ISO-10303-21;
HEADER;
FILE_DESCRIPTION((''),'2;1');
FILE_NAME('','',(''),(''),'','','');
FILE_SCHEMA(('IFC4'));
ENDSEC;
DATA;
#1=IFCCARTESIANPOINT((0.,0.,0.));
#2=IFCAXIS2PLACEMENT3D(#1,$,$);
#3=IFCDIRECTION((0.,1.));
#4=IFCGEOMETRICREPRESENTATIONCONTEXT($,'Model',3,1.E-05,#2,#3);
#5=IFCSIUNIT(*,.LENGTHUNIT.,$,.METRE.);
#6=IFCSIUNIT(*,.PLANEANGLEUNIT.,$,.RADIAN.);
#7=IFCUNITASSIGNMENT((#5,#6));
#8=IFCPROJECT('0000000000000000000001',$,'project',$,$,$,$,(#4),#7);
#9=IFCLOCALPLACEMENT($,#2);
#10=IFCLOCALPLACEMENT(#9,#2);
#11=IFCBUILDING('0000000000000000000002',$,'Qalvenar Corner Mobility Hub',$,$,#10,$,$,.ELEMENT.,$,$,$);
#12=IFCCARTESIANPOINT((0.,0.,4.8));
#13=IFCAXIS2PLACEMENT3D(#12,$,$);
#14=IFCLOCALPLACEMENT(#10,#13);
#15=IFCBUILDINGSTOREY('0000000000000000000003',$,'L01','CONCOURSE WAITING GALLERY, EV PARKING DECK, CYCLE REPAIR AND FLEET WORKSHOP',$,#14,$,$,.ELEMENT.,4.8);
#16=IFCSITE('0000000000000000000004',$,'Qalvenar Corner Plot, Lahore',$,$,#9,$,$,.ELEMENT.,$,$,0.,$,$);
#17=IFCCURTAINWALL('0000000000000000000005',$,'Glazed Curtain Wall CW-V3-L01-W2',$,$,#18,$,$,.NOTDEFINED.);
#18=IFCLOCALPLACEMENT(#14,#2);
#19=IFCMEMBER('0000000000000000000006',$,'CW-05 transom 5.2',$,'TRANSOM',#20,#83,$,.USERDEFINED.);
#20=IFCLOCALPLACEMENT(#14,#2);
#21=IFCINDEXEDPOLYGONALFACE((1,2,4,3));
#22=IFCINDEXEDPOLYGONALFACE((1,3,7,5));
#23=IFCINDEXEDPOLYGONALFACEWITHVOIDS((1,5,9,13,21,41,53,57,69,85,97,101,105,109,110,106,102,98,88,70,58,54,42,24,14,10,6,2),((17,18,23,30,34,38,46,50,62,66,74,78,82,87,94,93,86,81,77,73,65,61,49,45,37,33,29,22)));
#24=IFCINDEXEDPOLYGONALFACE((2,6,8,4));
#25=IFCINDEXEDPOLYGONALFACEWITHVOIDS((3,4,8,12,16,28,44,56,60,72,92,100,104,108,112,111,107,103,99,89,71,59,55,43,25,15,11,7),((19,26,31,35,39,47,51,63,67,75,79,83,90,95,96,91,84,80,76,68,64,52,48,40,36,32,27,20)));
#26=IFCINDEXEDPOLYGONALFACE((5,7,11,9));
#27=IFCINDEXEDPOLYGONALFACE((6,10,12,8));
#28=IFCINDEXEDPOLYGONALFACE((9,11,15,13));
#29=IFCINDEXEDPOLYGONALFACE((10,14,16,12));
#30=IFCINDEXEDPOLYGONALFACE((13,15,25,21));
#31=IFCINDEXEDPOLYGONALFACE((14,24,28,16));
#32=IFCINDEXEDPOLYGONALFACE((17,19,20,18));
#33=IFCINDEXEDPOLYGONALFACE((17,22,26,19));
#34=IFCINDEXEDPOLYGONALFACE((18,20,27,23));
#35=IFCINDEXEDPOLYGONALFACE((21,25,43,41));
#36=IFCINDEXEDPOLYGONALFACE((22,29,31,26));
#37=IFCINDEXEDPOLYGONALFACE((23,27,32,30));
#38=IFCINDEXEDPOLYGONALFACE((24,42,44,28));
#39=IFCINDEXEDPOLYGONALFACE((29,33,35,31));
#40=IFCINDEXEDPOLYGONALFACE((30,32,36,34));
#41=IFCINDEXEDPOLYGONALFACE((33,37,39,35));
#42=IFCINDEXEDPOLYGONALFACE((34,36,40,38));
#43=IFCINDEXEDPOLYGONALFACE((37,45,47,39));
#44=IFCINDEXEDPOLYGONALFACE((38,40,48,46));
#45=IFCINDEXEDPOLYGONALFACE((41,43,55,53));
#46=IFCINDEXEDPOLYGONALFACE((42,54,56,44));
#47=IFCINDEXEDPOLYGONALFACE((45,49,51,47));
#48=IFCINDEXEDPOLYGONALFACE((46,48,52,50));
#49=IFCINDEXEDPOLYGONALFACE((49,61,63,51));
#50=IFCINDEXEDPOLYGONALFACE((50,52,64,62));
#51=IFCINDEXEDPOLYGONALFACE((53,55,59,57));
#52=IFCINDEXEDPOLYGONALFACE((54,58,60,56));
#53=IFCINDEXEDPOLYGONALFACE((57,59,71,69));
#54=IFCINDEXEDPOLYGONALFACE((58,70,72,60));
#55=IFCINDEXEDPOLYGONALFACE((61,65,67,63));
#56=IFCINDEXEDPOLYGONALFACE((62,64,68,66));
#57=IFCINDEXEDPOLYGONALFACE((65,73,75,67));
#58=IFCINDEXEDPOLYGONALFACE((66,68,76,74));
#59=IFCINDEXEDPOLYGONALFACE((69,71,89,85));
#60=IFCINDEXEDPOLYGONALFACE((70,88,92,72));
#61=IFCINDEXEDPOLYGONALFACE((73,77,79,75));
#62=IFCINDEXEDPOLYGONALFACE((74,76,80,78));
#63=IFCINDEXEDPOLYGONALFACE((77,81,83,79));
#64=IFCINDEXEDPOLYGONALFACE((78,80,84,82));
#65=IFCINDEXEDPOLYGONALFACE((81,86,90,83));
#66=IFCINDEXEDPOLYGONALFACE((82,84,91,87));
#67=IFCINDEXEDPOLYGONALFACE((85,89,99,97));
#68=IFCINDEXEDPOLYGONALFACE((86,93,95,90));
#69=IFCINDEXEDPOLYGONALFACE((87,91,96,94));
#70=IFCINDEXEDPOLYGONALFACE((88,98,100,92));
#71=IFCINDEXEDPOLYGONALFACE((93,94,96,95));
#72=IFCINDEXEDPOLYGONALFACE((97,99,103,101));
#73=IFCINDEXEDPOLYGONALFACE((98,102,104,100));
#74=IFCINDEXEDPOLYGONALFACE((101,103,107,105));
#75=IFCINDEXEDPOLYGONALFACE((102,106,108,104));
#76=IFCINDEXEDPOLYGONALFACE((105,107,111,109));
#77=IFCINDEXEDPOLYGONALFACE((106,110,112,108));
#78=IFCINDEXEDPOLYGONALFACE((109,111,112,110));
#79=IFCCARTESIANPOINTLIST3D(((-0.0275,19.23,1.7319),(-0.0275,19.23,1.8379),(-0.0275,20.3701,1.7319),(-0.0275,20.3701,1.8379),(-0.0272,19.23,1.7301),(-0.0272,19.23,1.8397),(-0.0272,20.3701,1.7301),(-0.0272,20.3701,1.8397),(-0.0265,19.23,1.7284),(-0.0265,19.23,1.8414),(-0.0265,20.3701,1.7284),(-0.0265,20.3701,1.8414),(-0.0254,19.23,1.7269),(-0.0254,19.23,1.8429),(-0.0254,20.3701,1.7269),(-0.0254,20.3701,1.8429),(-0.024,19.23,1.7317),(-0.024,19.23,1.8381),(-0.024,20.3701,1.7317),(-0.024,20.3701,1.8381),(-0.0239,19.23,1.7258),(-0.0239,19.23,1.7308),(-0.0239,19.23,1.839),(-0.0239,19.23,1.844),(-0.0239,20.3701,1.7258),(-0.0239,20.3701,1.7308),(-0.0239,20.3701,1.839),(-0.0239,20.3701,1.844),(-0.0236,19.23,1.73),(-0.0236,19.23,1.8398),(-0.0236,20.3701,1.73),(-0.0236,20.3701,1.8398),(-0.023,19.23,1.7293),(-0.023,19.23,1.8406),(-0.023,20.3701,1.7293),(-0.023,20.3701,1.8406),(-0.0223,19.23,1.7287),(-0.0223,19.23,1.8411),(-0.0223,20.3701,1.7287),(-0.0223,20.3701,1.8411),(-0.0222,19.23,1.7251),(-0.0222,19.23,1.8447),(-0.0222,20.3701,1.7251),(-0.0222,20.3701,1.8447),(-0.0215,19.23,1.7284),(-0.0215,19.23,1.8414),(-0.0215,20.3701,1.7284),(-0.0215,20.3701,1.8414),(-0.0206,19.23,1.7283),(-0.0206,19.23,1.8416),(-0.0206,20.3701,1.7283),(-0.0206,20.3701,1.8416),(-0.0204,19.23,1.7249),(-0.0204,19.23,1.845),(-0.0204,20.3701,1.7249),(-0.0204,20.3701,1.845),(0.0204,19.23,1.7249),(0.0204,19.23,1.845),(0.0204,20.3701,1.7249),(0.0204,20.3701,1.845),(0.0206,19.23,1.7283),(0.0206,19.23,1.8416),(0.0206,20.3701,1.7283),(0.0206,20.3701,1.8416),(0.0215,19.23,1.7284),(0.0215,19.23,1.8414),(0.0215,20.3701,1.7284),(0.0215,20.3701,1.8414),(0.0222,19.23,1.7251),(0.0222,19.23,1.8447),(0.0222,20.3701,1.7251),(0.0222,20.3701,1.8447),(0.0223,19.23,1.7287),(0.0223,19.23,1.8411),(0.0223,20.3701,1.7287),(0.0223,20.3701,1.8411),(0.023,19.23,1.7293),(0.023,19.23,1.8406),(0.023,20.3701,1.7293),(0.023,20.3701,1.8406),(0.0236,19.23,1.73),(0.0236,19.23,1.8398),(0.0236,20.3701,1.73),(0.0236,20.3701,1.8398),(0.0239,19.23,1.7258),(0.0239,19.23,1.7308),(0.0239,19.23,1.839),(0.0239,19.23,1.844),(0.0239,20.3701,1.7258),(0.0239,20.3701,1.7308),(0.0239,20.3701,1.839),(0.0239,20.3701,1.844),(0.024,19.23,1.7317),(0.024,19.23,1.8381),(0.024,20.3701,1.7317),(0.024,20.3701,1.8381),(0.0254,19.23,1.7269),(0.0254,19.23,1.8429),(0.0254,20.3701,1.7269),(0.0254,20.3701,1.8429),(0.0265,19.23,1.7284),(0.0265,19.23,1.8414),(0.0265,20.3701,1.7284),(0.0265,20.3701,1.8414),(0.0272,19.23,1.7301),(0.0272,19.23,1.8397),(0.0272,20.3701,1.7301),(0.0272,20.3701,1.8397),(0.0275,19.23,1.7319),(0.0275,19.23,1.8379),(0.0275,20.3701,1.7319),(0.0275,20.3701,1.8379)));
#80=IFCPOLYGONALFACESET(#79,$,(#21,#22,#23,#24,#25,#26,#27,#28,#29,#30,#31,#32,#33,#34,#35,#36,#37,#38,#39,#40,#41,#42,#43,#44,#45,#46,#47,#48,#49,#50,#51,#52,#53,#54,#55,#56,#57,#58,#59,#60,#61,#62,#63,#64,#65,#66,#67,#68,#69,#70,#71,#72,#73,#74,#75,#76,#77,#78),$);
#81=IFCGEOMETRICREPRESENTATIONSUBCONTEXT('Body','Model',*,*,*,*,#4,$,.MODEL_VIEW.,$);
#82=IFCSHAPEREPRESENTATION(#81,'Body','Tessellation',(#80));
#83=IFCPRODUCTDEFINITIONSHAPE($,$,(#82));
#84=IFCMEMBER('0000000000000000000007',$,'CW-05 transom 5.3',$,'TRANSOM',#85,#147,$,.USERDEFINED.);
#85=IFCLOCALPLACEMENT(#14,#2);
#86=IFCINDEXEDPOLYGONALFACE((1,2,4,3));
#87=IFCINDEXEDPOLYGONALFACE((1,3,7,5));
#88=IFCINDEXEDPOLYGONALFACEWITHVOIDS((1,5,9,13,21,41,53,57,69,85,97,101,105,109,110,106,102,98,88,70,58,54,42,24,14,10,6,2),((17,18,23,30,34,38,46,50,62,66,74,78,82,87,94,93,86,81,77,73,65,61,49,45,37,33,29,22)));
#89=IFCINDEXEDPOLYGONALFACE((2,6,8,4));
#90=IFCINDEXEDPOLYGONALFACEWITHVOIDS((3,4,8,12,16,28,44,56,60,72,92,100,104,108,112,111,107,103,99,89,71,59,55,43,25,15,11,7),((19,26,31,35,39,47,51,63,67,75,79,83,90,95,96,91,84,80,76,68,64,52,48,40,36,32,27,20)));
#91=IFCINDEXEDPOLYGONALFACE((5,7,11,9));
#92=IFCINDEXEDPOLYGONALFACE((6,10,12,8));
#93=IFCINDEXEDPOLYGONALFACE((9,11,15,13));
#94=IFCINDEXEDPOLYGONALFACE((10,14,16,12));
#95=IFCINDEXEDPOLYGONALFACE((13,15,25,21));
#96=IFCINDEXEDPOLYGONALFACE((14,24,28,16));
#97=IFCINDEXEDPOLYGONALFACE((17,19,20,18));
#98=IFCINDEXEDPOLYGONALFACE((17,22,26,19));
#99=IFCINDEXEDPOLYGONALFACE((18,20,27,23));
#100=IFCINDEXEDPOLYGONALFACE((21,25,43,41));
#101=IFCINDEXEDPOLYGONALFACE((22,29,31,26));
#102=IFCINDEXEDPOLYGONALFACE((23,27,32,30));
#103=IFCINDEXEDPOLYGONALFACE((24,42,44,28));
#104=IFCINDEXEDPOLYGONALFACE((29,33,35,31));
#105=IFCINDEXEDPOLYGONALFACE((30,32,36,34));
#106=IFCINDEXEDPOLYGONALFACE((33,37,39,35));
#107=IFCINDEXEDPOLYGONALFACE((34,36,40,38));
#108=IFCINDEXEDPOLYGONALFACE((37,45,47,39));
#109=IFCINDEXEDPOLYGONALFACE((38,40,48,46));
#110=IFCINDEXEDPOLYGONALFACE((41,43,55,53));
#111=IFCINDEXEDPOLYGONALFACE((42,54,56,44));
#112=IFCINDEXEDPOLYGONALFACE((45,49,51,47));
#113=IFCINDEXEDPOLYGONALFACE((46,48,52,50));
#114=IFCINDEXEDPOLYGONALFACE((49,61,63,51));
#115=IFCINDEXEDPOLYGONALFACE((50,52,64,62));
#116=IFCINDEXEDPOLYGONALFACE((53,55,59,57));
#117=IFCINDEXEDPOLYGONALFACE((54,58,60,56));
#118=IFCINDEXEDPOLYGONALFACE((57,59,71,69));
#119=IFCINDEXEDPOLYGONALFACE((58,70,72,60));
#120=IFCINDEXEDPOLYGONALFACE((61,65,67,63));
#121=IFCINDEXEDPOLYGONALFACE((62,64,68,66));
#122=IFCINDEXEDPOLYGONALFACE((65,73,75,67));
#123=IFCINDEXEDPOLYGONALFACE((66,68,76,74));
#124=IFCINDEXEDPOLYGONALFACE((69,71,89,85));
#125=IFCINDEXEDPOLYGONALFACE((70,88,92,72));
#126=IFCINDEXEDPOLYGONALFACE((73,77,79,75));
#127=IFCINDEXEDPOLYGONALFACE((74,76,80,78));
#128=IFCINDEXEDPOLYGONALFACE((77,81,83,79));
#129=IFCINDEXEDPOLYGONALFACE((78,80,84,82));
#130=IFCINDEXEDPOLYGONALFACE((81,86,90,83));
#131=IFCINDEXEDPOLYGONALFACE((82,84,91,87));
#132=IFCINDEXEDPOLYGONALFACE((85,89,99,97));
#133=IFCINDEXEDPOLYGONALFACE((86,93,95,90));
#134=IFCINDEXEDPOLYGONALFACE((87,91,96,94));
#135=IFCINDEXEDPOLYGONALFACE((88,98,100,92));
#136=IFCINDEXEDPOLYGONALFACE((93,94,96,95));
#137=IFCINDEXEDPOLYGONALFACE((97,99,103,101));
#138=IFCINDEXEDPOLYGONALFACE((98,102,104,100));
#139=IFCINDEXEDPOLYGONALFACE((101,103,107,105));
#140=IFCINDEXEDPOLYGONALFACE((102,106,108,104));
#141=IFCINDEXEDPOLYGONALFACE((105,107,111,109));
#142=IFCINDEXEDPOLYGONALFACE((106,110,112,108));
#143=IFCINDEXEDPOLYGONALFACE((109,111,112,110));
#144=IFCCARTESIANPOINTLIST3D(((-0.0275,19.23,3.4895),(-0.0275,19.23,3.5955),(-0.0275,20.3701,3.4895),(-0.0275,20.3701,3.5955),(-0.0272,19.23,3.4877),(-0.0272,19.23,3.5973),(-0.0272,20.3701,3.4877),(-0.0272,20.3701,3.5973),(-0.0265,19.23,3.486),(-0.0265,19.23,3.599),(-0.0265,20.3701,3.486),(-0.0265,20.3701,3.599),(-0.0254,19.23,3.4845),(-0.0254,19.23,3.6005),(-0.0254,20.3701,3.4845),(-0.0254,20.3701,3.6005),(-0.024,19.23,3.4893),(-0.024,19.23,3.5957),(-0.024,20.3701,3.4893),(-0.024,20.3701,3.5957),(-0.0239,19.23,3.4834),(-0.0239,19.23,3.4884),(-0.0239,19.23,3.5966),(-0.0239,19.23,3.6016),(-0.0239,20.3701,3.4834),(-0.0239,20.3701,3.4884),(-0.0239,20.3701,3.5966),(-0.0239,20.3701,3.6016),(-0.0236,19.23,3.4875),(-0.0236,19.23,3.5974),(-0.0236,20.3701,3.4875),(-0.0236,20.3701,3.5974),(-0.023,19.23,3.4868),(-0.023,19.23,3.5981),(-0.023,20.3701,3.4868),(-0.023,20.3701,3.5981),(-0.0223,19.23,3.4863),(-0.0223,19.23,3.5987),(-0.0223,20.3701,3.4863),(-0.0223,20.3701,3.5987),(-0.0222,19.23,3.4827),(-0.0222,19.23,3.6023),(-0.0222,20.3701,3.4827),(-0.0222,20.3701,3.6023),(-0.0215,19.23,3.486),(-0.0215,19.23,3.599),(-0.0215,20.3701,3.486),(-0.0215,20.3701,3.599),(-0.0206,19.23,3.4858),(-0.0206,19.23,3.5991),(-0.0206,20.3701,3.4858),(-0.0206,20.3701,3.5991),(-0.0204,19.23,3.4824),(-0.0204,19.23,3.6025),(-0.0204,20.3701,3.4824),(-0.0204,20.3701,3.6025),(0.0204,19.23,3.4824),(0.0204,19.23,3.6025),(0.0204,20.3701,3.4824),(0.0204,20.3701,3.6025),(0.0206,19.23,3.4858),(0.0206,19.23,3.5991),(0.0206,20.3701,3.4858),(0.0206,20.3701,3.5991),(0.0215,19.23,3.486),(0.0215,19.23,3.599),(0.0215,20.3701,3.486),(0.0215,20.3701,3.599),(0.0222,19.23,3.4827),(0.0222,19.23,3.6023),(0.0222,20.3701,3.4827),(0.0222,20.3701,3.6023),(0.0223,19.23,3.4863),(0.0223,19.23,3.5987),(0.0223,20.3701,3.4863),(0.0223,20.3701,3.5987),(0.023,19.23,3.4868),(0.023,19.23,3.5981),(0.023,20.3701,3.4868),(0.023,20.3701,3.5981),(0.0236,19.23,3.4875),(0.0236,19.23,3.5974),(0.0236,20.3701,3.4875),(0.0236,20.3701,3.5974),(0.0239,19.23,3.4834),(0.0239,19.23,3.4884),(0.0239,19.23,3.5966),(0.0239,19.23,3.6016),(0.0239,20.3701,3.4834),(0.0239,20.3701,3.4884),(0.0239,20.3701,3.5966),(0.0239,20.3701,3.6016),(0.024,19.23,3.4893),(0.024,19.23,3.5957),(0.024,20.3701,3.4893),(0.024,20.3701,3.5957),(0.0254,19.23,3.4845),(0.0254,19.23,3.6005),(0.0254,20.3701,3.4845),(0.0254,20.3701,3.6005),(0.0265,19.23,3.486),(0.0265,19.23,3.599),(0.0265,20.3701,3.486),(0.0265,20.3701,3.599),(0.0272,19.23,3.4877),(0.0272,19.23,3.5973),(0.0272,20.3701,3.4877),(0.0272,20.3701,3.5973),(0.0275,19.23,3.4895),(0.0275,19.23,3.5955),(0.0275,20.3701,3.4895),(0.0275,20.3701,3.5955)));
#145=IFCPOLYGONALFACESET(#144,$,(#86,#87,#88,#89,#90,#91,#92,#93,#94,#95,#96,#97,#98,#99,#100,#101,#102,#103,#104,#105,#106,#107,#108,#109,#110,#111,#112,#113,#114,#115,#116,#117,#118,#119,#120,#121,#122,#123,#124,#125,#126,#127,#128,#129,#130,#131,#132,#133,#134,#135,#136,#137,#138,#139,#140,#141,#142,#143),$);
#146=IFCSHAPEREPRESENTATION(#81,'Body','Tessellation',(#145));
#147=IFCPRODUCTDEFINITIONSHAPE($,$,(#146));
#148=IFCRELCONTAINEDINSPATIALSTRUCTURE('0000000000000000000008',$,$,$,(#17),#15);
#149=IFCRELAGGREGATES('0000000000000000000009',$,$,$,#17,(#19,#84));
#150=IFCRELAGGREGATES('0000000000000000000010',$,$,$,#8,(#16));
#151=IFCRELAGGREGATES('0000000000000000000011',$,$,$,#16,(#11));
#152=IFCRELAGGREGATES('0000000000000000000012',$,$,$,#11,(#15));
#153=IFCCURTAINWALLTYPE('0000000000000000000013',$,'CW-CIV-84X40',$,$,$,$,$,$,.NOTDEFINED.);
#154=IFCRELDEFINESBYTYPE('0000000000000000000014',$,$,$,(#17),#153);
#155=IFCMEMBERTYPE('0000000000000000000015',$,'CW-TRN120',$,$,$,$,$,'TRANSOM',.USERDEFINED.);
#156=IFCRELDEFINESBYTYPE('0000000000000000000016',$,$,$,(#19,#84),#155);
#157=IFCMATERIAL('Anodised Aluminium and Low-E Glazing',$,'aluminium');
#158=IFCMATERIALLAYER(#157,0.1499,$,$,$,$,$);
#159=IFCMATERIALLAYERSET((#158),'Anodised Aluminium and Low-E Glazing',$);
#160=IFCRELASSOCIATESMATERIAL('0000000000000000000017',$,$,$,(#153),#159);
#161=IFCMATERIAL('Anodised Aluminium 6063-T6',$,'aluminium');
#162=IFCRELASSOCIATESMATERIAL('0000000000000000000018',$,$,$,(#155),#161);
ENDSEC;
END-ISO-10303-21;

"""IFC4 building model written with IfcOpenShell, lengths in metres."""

from ifc_helpers import new_model, si_unit, direction, frame, origin, origin_2d, place, context, subcontext, project, spatial, hollow_rectangle, extrude, material, layer, layer_set, material_profile, profile_set, type_object, element, aggregate, save


model = new_model("IFC4")

# Units and contexts
model_context = context("Model", 3, precision=1e-05, world=origin(), true_north=direction((0.0, 1.0)))
body_context = subcontext(model_context, "Body", "Model", "MODEL_VIEW")
ifc_project = project(units=[si_unit("LENGTHUNIT", "METRE"), si_unit("PLANEANGLEUNIT", "RADIAN")], contexts=[model_context])

# Site, building, storey
site_placement = place(None, origin())
site = spatial("IfcSite", under=ifc_project, at=site_placement, Name="Qalvenar Corner Plot, Lahore", CompositionType="ELEMENT", RefElevation=0.0)
building_placement = place(site_placement, origin())
building = spatial("IfcBuilding", under=site, at=building_placement, Name="Qalvenar Corner Mobility Hub", CompositionType="ELEMENT")
storey_placement = place(building_placement, frame((0.0, 0.0, 4.8)))
storey = spatial("IfcBuildingStorey", under=building, at=storey_placement, Name="L01", Description="CONCOURSE WAITING GALLERY, EV PARKING DECK, CYCLE REPAIR AND FLEET WORKSHOP", CompositionType="ELEMENT", Elevation=4.8)

# Curtain wall, members
ifc_material_1 = material(Name="Anodised Aluminium and Low-E Glazing", Category="aluminium")
ifc_layer_1 = layer(ifc_material_1, 0.1499)
ifc_layer_set_1 = layer_set([ifc_layer_1], Name="Anodised Aluminium and Low-E Glazing")
curtain_wall_type = type_object("IfcCurtainWallType", Name="CW-CIV-84X40", PredefinedType="NOTDEFINED", material=ifc_layer_set_1)
curtain_wall_placement = place(storey_placement, origin())
curtain_wall = element("IfcCurtainWall", 1, at=curtain_wall_placement, inside=storey, type_object=curtain_wall_type, Name="Glazed Curtain Wall CW-V3-L01-W2", PredefinedType="NOTDEFINED")
ifc_material_2 = material(Name="Anodised Aluminium 6063-T6", Category="aluminium")
ifc_material_profile_1 = material_profile(ifc_material_2, hollow_rectangle(XDim=0.0549, YDim=0.1201, WallThickness=0.0034, InnerFilletRadius=0.0034, OuterFilletRadius=0.0071, at=origin_2d()), Name="RHS120x55x3.5")
ifc_profile_set_1 = profile_set([ifc_material_profile_1], Name="Anodised Aluminium 6063-T6")
member_type_1 = type_object("IfcMemberType", Name="CW-TRN120", ElementType="TRANSOM", PredefinedType="USERDEFINED", material=ifc_profile_set_1)
member_1_placement = place(storey_placement, frame((0.0, 20.3701, 1.7849), z_axis=(0.0, -1.0, 0.0), x_axis=(1.0, 0.0, 0.0)))
member_1 = element("IfcMember", 2, at=member_1_placement, type_object=member_type_1, Name="CW-05 transom 5.2", ObjectType="TRANSOM", PredefinedType="USERDEFINED", context=body_context, shape_type="SweptSolid", body=[
    extrude(hollow_rectangle(XDim=0.0549, YDim=0.1201, WallThickness=0.0034, InnerFilletRadius=0.0034, OuterFilletRadius=0.0071, at=origin_2d()), origin(), (0.0, 0.0, 1.0), 1.1401),
])
member_2_placement = place(storey_placement, frame((0.0, 20.3701, 3.5425), z_axis=(0.0, -1.0, 0.0), x_axis=(1.0, 0.0, 0.0)))
member_2 = element("IfcMember", 3, at=member_2_placement, type_object=member_type_1, Name="CW-05 transom 5.3", ObjectType="TRANSOM", PredefinedType="USERDEFINED", context=body_context, shape_type="SweptSolid", body=[
    extrude(hollow_rectangle(XDim=0.0549, YDim=0.1201, WallThickness=0.0034, InnerFilletRadius=0.0034, OuterFilletRadius=0.0071, at=origin_2d()), origin(), (0.0, 0.0, 1.0), 1.1401),
])
aggregate(curtain_wall, [member_1, member_2])

save(model, "model.ifc")
